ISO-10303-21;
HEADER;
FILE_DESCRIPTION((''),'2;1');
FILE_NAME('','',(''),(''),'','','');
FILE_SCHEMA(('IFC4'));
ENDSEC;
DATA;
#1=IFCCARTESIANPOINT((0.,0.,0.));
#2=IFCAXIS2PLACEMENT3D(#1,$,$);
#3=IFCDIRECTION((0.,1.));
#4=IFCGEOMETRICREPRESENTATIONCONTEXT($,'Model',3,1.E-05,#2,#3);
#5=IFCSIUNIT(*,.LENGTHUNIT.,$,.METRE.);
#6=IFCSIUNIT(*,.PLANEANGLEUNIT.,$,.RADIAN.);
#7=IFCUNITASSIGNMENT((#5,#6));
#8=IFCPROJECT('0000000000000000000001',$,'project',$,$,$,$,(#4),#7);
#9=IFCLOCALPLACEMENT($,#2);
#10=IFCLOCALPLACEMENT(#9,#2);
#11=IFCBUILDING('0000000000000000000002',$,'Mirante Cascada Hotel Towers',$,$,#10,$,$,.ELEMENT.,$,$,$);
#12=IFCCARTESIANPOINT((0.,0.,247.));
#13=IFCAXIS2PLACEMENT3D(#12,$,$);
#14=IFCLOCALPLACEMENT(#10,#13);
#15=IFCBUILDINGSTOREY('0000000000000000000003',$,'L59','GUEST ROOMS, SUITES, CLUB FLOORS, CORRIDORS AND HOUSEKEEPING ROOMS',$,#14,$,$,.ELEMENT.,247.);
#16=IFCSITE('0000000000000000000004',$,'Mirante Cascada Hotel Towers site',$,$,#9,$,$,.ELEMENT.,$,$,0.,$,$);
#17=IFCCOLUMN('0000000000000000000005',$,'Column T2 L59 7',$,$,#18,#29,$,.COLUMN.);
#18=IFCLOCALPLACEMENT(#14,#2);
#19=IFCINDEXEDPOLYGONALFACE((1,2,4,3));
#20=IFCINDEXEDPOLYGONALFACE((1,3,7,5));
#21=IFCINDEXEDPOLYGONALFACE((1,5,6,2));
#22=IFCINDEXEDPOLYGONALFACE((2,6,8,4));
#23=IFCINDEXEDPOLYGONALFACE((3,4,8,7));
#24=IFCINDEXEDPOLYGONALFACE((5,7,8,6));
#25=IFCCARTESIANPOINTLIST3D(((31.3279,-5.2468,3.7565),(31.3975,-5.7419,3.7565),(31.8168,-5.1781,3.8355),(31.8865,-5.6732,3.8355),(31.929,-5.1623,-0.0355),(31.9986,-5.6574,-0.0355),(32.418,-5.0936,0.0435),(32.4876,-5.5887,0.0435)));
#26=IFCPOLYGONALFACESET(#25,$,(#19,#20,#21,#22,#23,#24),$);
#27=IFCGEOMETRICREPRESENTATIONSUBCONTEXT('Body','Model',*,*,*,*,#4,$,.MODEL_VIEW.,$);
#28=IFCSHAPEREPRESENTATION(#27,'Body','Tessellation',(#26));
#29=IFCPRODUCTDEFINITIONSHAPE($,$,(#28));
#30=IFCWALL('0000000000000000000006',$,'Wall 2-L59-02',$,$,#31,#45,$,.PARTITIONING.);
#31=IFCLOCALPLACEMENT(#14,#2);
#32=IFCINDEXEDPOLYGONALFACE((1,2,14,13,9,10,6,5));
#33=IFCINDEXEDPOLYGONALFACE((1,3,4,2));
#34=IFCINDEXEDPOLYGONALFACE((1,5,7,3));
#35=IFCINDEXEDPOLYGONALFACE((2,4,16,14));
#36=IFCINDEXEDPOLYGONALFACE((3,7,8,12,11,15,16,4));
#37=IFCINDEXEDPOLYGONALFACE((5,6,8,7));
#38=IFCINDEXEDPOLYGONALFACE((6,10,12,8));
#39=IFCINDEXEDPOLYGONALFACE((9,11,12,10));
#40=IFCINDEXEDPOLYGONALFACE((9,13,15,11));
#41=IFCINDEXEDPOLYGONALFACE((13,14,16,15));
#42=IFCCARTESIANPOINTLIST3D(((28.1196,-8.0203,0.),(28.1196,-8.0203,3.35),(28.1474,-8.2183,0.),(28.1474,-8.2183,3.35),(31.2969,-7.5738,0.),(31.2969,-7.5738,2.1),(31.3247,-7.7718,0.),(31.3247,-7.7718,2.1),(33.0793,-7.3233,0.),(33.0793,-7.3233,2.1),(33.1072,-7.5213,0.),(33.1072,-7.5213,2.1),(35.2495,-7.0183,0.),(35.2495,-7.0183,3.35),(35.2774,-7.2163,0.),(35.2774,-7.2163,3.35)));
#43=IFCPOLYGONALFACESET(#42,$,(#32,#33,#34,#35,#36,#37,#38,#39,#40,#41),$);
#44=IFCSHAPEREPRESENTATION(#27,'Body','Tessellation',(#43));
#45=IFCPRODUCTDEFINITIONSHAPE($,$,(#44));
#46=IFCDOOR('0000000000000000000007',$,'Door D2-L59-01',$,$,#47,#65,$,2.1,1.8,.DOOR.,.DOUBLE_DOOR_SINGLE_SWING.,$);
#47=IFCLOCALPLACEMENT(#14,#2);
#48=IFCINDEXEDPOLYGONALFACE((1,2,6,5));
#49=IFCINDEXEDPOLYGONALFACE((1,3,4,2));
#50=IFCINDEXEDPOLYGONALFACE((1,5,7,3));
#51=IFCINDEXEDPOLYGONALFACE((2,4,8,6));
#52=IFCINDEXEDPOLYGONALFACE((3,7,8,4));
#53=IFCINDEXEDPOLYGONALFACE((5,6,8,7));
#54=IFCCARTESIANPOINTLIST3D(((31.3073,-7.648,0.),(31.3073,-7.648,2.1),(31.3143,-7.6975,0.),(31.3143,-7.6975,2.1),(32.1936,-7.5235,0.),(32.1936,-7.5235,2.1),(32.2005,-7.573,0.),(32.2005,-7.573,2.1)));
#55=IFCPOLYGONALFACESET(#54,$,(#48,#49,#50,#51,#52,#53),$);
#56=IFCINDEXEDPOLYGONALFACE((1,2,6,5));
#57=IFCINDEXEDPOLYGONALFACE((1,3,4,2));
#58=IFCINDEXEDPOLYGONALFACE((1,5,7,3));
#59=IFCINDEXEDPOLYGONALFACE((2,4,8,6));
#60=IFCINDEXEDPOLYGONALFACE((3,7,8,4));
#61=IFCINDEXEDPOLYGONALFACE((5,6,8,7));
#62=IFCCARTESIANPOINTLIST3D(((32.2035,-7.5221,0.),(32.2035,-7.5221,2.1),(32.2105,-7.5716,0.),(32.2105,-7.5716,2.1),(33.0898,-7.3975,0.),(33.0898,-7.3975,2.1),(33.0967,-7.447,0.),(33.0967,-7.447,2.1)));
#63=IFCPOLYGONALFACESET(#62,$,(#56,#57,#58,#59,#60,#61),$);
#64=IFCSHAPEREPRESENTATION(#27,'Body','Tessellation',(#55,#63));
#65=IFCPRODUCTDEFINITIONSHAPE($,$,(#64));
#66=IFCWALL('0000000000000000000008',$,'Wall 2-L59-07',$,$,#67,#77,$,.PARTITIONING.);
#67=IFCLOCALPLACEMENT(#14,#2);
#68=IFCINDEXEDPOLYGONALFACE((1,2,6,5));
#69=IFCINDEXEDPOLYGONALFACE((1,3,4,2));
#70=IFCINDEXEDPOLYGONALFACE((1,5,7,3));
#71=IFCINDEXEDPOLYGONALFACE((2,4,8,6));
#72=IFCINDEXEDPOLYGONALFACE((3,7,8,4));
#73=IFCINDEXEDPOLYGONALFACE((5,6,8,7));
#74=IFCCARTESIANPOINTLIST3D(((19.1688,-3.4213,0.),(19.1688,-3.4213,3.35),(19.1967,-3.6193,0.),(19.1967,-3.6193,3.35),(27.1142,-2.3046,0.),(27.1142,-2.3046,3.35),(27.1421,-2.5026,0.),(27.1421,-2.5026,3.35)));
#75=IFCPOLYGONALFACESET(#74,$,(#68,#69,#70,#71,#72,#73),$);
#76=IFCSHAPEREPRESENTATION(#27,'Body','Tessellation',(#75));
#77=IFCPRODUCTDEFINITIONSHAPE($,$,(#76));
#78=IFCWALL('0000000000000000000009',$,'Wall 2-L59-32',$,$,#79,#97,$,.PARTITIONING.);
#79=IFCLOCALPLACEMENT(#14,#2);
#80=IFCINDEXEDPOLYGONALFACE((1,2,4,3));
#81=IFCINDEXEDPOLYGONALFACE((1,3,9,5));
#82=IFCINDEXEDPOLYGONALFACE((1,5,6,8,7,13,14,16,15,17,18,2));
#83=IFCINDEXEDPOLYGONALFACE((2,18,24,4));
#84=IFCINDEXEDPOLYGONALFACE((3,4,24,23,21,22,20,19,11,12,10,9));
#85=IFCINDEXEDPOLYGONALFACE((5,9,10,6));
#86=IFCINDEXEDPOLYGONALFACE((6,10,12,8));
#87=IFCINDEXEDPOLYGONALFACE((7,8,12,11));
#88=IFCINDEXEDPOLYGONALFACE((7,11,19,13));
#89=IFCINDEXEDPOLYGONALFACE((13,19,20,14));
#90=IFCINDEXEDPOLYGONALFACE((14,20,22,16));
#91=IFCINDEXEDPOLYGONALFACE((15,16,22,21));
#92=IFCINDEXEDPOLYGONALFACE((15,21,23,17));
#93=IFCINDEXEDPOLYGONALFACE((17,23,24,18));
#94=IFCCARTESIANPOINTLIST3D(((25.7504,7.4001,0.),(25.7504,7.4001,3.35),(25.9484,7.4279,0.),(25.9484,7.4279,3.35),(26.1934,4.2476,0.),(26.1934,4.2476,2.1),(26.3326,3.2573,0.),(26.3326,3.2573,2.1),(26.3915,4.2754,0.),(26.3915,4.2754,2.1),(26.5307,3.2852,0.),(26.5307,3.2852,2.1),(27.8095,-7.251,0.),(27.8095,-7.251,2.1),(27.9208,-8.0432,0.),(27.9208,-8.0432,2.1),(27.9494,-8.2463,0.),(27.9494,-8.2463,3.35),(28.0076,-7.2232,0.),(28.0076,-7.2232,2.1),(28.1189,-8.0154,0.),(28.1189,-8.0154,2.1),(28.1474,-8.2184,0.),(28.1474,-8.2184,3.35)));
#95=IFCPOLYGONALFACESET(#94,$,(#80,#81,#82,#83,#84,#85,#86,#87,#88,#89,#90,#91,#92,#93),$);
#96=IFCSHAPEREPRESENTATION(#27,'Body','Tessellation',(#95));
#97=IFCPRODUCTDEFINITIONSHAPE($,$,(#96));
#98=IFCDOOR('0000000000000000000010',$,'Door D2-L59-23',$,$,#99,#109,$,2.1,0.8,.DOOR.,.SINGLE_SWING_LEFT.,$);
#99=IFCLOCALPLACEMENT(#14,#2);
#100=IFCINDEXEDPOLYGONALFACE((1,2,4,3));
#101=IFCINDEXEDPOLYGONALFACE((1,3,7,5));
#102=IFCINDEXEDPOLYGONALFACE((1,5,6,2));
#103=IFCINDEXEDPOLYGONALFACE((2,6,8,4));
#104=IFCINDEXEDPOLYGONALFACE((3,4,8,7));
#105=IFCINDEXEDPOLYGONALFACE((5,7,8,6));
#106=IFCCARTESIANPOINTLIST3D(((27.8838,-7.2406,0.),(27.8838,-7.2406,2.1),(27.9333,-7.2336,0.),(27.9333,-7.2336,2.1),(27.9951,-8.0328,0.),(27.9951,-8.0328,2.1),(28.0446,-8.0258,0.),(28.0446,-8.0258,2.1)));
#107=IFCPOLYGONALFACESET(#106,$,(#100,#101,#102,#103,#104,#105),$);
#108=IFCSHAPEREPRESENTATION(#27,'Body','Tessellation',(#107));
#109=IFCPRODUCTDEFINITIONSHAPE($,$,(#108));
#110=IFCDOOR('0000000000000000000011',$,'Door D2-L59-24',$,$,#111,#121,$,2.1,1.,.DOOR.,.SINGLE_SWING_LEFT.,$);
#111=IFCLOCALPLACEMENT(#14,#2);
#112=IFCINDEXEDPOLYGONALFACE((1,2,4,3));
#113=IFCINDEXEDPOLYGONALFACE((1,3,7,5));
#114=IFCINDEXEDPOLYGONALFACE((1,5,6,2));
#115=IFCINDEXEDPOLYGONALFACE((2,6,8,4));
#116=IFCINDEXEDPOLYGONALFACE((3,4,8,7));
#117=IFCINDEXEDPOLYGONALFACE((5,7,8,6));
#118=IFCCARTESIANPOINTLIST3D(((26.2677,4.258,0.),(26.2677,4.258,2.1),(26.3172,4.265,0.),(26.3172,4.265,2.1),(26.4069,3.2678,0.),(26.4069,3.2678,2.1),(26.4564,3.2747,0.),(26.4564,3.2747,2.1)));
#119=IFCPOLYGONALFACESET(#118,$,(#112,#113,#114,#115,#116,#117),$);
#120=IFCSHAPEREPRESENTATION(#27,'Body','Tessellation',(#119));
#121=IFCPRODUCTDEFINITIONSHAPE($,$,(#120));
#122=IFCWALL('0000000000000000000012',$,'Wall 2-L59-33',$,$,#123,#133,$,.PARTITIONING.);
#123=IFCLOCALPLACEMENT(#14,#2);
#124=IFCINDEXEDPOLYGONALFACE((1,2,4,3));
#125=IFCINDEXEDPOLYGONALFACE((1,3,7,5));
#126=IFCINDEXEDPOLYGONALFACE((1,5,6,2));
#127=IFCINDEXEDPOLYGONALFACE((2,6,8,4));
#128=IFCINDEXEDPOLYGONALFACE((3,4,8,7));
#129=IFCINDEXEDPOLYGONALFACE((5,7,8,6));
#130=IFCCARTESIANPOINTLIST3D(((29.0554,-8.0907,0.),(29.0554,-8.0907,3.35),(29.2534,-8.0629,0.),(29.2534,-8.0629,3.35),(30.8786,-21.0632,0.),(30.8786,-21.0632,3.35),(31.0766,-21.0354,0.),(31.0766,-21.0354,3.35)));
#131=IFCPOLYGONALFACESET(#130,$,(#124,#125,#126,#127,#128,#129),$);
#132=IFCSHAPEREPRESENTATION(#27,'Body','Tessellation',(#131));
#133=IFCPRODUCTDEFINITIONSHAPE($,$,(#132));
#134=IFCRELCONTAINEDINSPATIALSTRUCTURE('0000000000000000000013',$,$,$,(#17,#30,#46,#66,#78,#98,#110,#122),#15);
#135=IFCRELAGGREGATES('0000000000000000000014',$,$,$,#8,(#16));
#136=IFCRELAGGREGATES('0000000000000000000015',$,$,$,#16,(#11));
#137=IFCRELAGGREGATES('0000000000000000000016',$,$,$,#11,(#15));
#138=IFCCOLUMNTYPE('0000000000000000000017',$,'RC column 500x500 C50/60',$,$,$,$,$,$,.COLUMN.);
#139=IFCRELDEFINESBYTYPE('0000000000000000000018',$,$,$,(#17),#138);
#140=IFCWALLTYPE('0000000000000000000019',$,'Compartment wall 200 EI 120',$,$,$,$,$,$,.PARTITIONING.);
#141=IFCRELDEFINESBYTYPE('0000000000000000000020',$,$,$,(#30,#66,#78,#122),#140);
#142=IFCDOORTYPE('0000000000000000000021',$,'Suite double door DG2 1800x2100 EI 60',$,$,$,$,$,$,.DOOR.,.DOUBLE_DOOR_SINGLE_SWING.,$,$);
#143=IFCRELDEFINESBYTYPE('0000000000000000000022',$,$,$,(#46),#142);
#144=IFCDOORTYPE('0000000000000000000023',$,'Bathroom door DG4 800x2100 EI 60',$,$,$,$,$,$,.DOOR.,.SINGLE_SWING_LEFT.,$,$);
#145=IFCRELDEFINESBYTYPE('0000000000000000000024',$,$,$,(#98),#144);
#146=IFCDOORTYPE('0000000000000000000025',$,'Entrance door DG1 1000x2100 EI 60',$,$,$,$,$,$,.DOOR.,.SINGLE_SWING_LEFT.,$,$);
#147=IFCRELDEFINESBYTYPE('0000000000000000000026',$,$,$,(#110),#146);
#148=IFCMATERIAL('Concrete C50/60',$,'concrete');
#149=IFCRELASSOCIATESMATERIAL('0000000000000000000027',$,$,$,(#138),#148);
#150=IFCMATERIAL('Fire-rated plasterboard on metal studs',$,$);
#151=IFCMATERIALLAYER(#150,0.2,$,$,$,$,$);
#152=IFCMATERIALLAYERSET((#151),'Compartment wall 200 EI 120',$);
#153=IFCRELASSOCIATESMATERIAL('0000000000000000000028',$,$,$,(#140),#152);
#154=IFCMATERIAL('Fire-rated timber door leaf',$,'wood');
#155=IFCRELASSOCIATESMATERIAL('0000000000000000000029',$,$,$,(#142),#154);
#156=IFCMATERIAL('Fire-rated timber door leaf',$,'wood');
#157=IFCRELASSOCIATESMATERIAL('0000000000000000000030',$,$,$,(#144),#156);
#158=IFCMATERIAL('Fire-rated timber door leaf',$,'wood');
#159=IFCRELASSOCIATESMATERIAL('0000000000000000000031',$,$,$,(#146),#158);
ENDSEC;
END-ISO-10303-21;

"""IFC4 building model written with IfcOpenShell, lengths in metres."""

from ifc_helpers import new_model, si_unit, direction, frame, frame_2d, origin, origin_2d, place, context, subcontext, project, spatial, rectangle, extrude, material, layer, layer_set, material_profile, profile_set, type_object, element, fill, save


model = new_model("IFC4")

# Units and contexts
model_context = context("Model", 3, precision=1e-05, world=origin(), true_north=direction((0.0, 1.0)))
body_context = subcontext(model_context, "Body", "Model", "MODEL_VIEW")
ifc_project = project(units=[si_unit("LENGTHUNIT", "METRE"), si_unit("PLANEANGLEUNIT", "RADIAN")], contexts=[model_context])

# Site, building, storey
site_placement = place(None, origin())
site = spatial("IfcSite", under=ifc_project, at=site_placement, Name="Mirante Cascada Hotel Towers site", CompositionType="ELEMENT", RefElevation=0.0)
building_placement = place(site_placement, origin())
building = spatial("IfcBuilding", under=site, at=building_placement, Name="Mirante Cascada Hotel Towers", CompositionType="ELEMENT")
storey_placement = place(building_placement, frame((0.0, 0.0, 247.0)))
storey = spatial("IfcBuildingStorey", under=building, at=storey_placement, Name="L59", Description="GUEST ROOMS, SUITES, CLUB FLOORS, CORRIDORS AND HOUSEKEEPING ROOMS", CompositionType="ELEMENT", Elevation=247.0)

# Column
ifc_material_1 = material(Name="Concrete C50/60", Category="concrete")
ifc_material_profile = material_profile(ifc_material_1, rectangle(XDim=0.5, YDim=0.5, at=origin_2d()), Name="RC column 500x500 C50/60")
ifc_profile_set = profile_set([ifc_material_profile], Name="Concrete C50/60")
column_type = type_object("IfcColumnType", Name="RC column 500x500 C50/60", PredefinedType="COLUMN", material=ifc_profile_set)
column_placement = place(storey_placement, frame((32.2083, -5.3755, 0.004), z_axis=(-0.156525, -0.022004, 0.987429), x_axis=(0.139207, -0.990263, 0.0)))
element("IfcColumn", 1, at=column_placement, inside=storey, type_object=column_type, Name="Column T2 L59 7", PredefinedType="COLUMN", context=body_context, shape_type="SweptSolid", body=[
    extrude(rectangle(XDim=0.5, YDim=0.5, at=origin_2d()), origin(), (0.0, 0.0, 1.0), 3.8403),
])

# Wall, opening, door
ifc_material_2 = material(Name="Fire-rated plasterboard on metal studs")
ifc_layer_1 = layer(ifc_material_2, 0.2)
ifc_layer_set_1 = layer_set([ifc_layer_1], Name="Compartment wall 200 EI 120")
wall_type_1 = type_object("IfcWallType", Name="Compartment wall 200 EI 120", PredefinedType="PARTITIONING", material=ifc_layer_set_1)
wall_1_placement = place(storey_placement, frame((28.1335, -8.1193, 0.0), z_axis=(0.0, 0.0, 1.0), x_axis=(0.990269, 0.139167, 0.0)))
wall_1 = element("IfcWall", 2, at=wall_1_placement, inside=storey, type_object=wall_type_1, Name="Wall 2-L59-02", PredefinedType="PARTITIONING", context=body_context, shape_type="SweptSolid", body=[
    extrude(rectangle(XDim=7.2, YDim=0.2, at=frame_2d((3.6, 0.0))), origin(), (0.0, 0.0, 1.0), 3.35),
])
opening_1_placement = place(wall_1_placement, frame((3.2085, 0.0, 0.0)))
opening_1 = element("IfcOpeningElement", 3, at=opening_1_placement, cuts=wall_1, PredefinedType="OPENING", context=body_context, shape_type="SweptSolid", body=[
    extrude(rectangle(XDim=1.8, YDim=2.1, at=frame_2d((0.9, 1.05))), frame((0.0, 0.1, 0.0), z_axis=(0.0, -1.0, 0.0), x_axis=(1.0, 0.0, 0.0)), (0.0, 0.0, 1.0), 0.2),
])
ifc_material_3 = material(Name="Fire-rated timber door leaf", Category="wood")
door_type_1 = type_object("IfcDoorType", Name="Suite double door DG2 1800x2100 EI 60", OperationType="DOUBLE_DOOR_SINGLE_SWING", PredefinedType="DOOR", material=ifc_material_3)
door_1_placement = place(opening_1_placement, origin())
door_1 = element("IfcDoor", 4, at=door_1_placement, inside=storey, type_object=door_type_1, Name="Door D2-L59-01", OperationType="DOUBLE_DOOR_SINGLE_SWING", OverallHeight=2.1, OverallWidth=1.8, PredefinedType="DOOR", context=body_context, shape_type="SweptSolid", body=[
    extrude(rectangle(XDim=0.895, YDim=2.1, at=frame_2d((0.4475, 1.05))), frame((0.0, 0.025, 0.0), z_axis=(0.0, -1.0, 0.0), x_axis=(1.0, 0.0, 0.0)), (0.0, 0.0, 1.0), 0.05),
    extrude(rectangle(XDim=0.895, YDim=2.1, at=frame_2d((1.3525, 1.05))), frame((0.0, 0.025, 0.0), z_axis=(0.0, -1.0, 0.0), x_axis=(1.0, 0.0, 0.0)), (0.0, 0.0, 1.0), 0.05),
])
fill(opening_1, door_1)

# Wall
wall_2_placement = place(storey_placement, frame((27.1282, -2.4036, 0.0), z_axis=(0.0, 0.0, 1.0), x_axis=(-0.990267, -0.139179, 0.0)))
element("IfcWall", 5, at=wall_2_placement, inside=storey, type_object=wall_type_1, Name="Wall 2-L59-07", PredefinedType="PARTITIONING", context=body_context, shape_type="SweptSolid", body=[
    extrude(rectangle(XDim=8.0235, YDim=0.2, at=frame_2d((4.0118, 0.0))), origin(), (0.0, 0.0, 1.0), 3.35),
])

# Wall, openings, doors
wall_3_placement = place(storey_placement, frame((28.0484, -8.2323, 0.0), z_axis=(0.0, 0.0, 1.0), x_axis=(-0.139177, 0.990268, 0.0)))
wall_3 = element("IfcWall", 6, at=wall_3_placement, inside=storey, type_object=wall_type_1, Name="Wall 2-L59-32", PredefinedType="PARTITIONING", context=body_context, shape_type="SweptSolid", body=[
    extrude(rectangle(XDim=15.8001, YDim=0.2, at=frame_2d((7.9, 0.0))), origin(), (0.0, 0.0, 1.0), 3.35),
])
opening_2_placement = place(wall_3_placement, frame((0.205, 0.0, 0.0)))
opening_2 = element("IfcOpeningElement", 7, at=opening_2_placement, cuts=wall_3, PredefinedType="OPENING", context=body_context, shape_type="SweptSolid", body=[
    extrude(rectangle(XDim=0.8, YDim=2.1, at=frame_2d((0.4, 1.05))), frame((0.0, 0.1, 0.0), z_axis=(0.0, -1.0, 0.0), x_axis=(1.0, 0.0, 0.0)), (0.0, 0.0, 1.0), 0.2),
])
opening_3_placement = place(wall_3_placement, frame((11.6166, 0.0, 0.0)))
opening_3 = element("IfcOpeningElement", 8, at=opening_3_placement, cuts=wall_3, PredefinedType="OPENING", context=body_context, shape_type="SweptSolid", body=[
    extrude(rectangle(XDim=1.0, YDim=2.1, at=frame_2d((0.5, 1.05))), frame((0.0, 0.1, 0.0), z_axis=(0.0, -1.0, 0.0), x_axis=(1.0, 0.0, 0.0)), (0.0, 0.0, 1.0), 0.2),
])
ifc_material_4 = material(Name="Fire-rated timber door leaf", Category="wood")
door_type_2 = type_object("IfcDoorType", Name="Bathroom door DG4 800x2100 EI 60", OperationType="SINGLE_SWING_LEFT", PredefinedType="DOOR", material=ifc_material_4)
door_2_placement = place(opening_2_placement, origin())
door_2 = element("IfcDoor", 9, at=door_2_placement, inside=storey, type_object=door_type_2, Name="Door D2-L59-23", OperationType="SINGLE_SWING_LEFT", OverallHeight=2.1, OverallWidth=0.8, PredefinedType="DOOR", context=body_context, shape_type="SweptSolid", body=[
    extrude(rectangle(XDim=0.8, YDim=2.1, at=frame_2d((0.4, 1.05))), frame((0.0, 0.025, 0.0), z_axis=(0.0, -1.0, 0.0), x_axis=(1.0, 0.0, 0.0)), (0.0, 0.0, 1.0), 0.05),
])
fill(opening_2, door_2)
ifc_material_5 = material(Name="Fire-rated timber door leaf", Category="wood")
door_type_3 = type_object("IfcDoorType", Name="Entrance door DG1 1000x2100 EI 60", OperationType="SINGLE_SWING_LEFT", PredefinedType="DOOR", material=ifc_material_5)
door_3_placement = place(opening_3_placement, origin())
door_3 = element("IfcDoor", 10, at=door_3_placement, inside=storey, type_object=door_type_3, Name="Door D2-L59-24", OperationType="SINGLE_SWING_LEFT", OverallHeight=2.1, OverallWidth=1.0, PredefinedType="DOOR", context=body_context, shape_type="SweptSolid", body=[
    extrude(rectangle(XDim=1.0, YDim=2.1, at=frame_2d((0.5, 1.05))), frame((0.0, 0.025, 0.0), z_axis=(0.0, -1.0, 0.0), x_axis=(1.0, 0.0, 0.0)), (0.0, 0.0, 1.0), 0.05),
])
fill(opening_3, door_3)

# Wall
wall_4_placement = place(storey_placement, frame((29.1544, -8.0768, 0.0), z_axis=(0.0, 0.0, 1.0), x_axis=(0.139176, -0.990268, 0.0)))
element("IfcWall", 11, at=wall_4_placement, inside=storey, type_object=wall_type_1, Name="Wall 2-L59-33", PredefinedType="PARTITIONING", context=body_context, shape_type="SweptSolid", body=[
    extrude(rectangle(XDim=13.1, YDim=0.2, at=frame_2d((6.55, 0.0))), origin(), (0.0, 0.0, 1.0), 3.35),
])

save(model, "model.ifc")
